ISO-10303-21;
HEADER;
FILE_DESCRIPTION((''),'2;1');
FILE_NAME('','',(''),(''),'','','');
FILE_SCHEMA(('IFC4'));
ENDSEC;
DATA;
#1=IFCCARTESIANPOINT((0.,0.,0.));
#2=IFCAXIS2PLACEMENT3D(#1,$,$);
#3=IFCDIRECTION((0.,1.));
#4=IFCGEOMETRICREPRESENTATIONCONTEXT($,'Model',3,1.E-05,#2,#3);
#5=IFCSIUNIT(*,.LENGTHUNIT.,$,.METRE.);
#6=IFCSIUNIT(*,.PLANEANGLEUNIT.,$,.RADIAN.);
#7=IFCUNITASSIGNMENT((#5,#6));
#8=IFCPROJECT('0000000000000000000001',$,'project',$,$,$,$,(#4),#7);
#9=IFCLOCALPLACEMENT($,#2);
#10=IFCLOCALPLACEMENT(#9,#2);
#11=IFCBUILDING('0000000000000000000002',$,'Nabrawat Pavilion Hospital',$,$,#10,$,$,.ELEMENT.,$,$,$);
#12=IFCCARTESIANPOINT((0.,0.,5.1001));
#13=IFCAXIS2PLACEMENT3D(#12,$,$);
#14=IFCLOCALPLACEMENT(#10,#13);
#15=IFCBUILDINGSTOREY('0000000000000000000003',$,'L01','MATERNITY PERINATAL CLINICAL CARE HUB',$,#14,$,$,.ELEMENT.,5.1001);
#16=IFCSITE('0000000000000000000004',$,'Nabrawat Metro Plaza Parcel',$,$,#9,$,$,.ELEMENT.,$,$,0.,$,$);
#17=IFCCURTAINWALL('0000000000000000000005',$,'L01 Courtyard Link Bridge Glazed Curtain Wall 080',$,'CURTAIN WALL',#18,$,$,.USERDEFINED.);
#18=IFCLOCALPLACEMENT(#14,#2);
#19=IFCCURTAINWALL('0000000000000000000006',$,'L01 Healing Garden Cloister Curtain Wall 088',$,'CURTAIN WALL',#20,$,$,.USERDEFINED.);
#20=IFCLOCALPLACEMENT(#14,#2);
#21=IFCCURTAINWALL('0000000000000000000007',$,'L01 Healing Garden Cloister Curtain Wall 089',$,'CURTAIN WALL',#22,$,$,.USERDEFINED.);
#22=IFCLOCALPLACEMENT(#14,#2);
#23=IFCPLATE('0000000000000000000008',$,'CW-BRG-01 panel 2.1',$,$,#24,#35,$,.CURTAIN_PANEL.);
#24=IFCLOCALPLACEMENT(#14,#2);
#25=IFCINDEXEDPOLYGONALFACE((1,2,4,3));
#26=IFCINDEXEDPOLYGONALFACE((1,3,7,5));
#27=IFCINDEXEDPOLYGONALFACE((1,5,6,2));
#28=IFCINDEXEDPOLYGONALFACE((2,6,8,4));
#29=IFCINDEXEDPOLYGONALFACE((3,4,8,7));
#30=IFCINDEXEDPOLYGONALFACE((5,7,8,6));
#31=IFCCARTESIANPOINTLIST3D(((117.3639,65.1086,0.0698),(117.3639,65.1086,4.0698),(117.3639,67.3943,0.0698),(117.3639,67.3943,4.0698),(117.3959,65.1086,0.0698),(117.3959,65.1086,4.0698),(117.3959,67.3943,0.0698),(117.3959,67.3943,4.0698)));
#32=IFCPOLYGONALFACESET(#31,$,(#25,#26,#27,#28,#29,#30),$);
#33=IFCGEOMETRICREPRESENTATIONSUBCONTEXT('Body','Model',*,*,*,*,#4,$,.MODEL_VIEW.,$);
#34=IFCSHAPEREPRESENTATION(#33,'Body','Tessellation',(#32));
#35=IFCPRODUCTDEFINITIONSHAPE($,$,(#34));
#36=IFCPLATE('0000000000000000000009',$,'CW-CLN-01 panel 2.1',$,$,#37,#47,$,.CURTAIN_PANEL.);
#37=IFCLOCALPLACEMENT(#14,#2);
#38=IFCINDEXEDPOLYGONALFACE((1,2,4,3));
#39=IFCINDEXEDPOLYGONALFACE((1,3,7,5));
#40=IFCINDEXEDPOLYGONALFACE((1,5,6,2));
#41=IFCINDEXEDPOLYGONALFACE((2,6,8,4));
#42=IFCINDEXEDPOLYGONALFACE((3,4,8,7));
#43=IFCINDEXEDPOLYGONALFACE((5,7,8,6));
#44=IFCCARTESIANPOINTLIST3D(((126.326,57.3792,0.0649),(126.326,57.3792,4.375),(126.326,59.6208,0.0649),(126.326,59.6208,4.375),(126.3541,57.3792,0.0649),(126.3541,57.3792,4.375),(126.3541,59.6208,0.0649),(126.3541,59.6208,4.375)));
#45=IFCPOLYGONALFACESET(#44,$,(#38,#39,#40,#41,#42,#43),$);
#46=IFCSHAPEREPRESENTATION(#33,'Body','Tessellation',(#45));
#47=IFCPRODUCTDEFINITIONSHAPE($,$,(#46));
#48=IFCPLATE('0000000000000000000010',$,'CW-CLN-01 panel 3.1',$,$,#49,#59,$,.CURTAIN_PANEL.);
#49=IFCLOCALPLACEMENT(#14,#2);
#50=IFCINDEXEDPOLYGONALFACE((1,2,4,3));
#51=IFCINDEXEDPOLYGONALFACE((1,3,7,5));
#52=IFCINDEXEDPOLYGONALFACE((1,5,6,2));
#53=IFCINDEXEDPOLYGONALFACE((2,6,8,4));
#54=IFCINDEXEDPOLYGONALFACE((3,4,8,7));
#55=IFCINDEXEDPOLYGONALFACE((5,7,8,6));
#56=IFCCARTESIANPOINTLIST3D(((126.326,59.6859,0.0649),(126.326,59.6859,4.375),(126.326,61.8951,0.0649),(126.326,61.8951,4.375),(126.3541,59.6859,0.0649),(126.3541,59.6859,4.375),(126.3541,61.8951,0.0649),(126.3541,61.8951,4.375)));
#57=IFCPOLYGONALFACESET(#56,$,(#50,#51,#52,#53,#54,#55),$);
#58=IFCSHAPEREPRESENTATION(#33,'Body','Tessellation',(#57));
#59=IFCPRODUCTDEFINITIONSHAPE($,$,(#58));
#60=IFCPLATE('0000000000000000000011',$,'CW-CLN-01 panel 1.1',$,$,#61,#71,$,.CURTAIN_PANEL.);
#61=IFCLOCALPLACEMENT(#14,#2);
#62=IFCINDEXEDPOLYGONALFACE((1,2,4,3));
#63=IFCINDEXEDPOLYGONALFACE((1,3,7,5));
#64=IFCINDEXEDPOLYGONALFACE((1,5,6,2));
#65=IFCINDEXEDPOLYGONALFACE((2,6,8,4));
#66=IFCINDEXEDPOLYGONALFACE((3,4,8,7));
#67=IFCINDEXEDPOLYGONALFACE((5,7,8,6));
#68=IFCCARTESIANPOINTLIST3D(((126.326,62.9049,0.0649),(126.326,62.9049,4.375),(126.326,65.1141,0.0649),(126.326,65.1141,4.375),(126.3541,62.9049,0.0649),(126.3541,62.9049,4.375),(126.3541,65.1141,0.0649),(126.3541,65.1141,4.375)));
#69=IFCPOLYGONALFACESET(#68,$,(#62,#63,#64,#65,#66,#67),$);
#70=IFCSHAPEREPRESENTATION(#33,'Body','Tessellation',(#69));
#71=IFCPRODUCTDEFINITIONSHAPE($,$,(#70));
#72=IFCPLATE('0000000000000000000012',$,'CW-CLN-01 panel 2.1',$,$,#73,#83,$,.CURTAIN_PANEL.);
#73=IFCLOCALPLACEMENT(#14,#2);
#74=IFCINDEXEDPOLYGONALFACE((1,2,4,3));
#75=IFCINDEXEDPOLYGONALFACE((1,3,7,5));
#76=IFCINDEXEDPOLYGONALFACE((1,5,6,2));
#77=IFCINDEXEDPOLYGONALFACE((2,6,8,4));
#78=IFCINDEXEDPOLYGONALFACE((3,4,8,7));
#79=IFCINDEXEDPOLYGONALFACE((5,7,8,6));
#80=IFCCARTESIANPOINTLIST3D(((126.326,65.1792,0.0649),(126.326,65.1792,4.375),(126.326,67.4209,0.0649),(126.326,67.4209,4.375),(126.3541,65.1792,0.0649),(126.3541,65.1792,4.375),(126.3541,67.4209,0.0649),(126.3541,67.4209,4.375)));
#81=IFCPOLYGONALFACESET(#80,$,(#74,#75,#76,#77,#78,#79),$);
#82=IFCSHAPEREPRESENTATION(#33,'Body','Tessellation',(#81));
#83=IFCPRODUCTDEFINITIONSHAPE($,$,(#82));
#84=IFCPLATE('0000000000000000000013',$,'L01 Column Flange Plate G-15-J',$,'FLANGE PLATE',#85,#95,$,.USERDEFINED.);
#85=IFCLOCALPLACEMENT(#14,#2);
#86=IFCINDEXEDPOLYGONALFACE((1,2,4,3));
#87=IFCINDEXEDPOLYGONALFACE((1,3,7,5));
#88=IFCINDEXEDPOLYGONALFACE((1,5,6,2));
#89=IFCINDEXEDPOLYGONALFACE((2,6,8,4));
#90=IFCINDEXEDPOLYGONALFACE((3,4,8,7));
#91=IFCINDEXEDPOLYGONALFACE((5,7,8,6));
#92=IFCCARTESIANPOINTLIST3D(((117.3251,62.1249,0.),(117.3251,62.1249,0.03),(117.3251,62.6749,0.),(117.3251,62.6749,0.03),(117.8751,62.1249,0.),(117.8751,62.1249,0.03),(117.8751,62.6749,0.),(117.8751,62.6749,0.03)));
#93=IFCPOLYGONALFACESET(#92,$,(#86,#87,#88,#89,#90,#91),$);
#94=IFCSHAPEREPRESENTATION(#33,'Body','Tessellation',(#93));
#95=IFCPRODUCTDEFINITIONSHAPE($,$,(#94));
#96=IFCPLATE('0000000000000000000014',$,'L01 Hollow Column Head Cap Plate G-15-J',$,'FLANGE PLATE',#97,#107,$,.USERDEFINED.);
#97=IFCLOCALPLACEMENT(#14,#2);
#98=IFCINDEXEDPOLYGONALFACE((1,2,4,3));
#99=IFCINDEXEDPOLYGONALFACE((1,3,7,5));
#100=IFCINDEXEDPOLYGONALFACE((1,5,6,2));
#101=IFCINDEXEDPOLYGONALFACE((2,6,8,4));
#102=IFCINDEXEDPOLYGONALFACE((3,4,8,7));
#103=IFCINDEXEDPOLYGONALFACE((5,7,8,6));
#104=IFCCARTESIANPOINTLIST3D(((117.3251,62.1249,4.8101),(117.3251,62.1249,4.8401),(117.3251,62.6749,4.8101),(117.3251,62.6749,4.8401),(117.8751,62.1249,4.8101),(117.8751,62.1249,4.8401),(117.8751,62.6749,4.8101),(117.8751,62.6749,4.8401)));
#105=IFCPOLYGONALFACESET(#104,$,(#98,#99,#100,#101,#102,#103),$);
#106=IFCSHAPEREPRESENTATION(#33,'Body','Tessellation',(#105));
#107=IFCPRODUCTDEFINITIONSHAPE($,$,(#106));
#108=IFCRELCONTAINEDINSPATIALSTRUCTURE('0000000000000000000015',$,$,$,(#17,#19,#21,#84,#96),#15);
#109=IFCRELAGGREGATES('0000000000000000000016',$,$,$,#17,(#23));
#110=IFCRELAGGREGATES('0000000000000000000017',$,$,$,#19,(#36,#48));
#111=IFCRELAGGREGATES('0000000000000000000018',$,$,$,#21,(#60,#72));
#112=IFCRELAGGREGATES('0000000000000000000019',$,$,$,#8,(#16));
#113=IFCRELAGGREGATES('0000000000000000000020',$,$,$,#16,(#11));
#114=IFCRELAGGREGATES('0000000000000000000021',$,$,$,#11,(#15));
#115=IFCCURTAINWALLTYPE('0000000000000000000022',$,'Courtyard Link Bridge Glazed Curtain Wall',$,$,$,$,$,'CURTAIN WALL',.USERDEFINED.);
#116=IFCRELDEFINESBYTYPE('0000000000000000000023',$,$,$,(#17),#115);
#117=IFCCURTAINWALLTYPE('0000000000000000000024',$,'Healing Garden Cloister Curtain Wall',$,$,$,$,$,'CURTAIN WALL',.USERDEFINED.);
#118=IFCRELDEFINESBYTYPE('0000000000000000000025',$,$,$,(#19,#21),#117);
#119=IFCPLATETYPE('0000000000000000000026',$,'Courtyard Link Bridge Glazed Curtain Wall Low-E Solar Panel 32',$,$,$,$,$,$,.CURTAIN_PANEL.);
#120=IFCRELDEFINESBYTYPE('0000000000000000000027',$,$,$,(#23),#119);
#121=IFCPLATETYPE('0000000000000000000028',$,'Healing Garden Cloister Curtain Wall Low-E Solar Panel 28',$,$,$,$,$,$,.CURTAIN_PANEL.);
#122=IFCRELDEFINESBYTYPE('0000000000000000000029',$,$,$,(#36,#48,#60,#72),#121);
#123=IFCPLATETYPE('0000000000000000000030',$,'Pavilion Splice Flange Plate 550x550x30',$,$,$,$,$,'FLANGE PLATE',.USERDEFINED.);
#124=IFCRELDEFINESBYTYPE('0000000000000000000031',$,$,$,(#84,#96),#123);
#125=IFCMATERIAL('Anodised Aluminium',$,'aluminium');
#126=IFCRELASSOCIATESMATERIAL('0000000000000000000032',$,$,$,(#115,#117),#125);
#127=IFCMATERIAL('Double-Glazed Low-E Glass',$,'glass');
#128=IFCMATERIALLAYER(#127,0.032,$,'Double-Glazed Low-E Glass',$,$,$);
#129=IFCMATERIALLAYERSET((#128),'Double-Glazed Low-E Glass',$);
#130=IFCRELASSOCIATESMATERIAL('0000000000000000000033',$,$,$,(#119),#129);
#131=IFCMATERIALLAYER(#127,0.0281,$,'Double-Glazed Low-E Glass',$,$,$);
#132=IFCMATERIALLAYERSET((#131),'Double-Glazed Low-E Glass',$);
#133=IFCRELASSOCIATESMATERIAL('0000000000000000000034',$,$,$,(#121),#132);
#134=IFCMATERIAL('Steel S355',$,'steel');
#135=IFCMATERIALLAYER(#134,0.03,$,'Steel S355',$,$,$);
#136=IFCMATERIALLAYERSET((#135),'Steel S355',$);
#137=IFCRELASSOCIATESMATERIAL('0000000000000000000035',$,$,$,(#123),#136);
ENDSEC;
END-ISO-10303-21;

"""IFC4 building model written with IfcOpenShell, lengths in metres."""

from ifc_helpers import new_model, si_unit, direction, frame, origin, origin_2d, place, context, subcontext, project, spatial, rectangle, extrude, material, layer, layer_set, type_object, element, aggregate, save


model = new_model("IFC4")

# Units and contexts
model_context = context("Model", 3, precision=1e-05, world=origin(), true_north=direction((0.0, 1.0)))
body_context = subcontext(model_context, "Body", "Model", "MODEL_VIEW")
ifc_project = project(units=[si_unit("LENGTHUNIT", "METRE"), si_unit("PLANEANGLEUNIT", "RADIAN")], contexts=[model_context])

# Site, building, storey
site_placement = place(None, origin())
site = spatial("IfcSite", under=ifc_project, at=site_placement, Name="Nabrawat Metro Plaza Parcel", CompositionType="ELEMENT", RefElevation=0.0)
building_placement = place(site_placement, origin())
building = spatial("IfcBuilding", under=site, at=building_placement, Name="Nabrawat Pavilion Hospital", CompositionType="ELEMENT")
storey_placement = place(building_placement, frame((0.0, 0.0, 5.1001)))
storey = spatial("IfcBuildingStorey", under=building, at=storey_placement, Name="L01", Description="MATERNITY PERINATAL CLINICAL CARE HUB", CompositionType="ELEMENT", Elevation=5.1001)

# Shared definitions
ifc_material_1 = material(Name="Steel S355", Category="steel")

# Curtain walls
ifc_material_2 = material(Name="Anodised Aluminium", Category="aluminium")
curtain_wall_type_1 = type_object("IfcCurtainWallType", Name="Courtyard Link Bridge Glazed Curtain Wall", ElementType="CURTAIN WALL", PredefinedType="USERDEFINED", material=ifc_material_2)
curtain_wall_1_placement = place(storey_placement, origin())
curtain_wall_1 = element("IfcCurtainWall", 1, at=curtain_wall_1_placement, inside=storey, type_object=curtain_wall_type_1, Name="L01 Courtyard Link Bridge Glazed Curtain Wall 080", ObjectType="CURTAIN WALL", PredefinedType="USERDEFINED")
curtain_wall_type_2 = type_object("IfcCurtainWallType", Name="Healing Garden Cloister Curtain Wall", ElementType="CURTAIN WALL", PredefinedType="USERDEFINED", material=ifc_material_2)
curtain_wall_2_placement = place(storey_placement, origin())
curtain_wall_2 = element("IfcCurtainWall", 2, at=curtain_wall_2_placement, inside=storey, type_object=curtain_wall_type_2, Name="L01 Healing Garden Cloister Curtain Wall 088", ObjectType="CURTAIN WALL", PredefinedType="USERDEFINED")
curtain_wall_3_placement = place(storey_placement, origin())
curtain_wall_3 = element("IfcCurtainWall", 3, at=curtain_wall_3_placement, inside=storey, type_object=curtain_wall_type_2, Name="L01 Healing Garden Cloister Curtain Wall 089", ObjectType="CURTAIN WALL", PredefinedType="USERDEFINED")

# Plates
ifc_material_3 = material(Name="Double-Glazed Low-E Glass", Category="glass")
ifc_layer_1 = layer(ifc_material_3, 0.032, Name="Double-Glazed Low-E Glass")
ifc_layer_set_1 = layer_set([ifc_layer_1], Name="Double-Glazed Low-E Glass")
plate_type_1 = type_object("IfcPlateType", Name="Courtyard Link Bridge Glazed Curtain Wall Low-E Solar Panel 32", PredefinedType="CURTAIN_PANEL", material=ifc_layer_set_1)
plate_1_placement = place(storey_placement, frame((117.3799, 66.2515, 0.0698), z_axis=(0.0, 0.0, 1.0), x_axis=(0.0, 1.0, 0.0)))
plate_1 = element("IfcPlate", 4, at=plate_1_placement, type_object=plate_type_1, Name="CW-BRG-01 panel 2.1", PredefinedType="CURTAIN_PANEL", context=body_context, shape_type="SweptSolid", body=[
    extrude(rectangle(XDim=2.2856, YDim=0.032, at=origin_2d()), origin(), (0.0, 0.0, 1.0), 4.0),
])
aggregate(curtain_wall_1, [plate_1])
ifc_layer_2 = layer(ifc_material_3, 0.0281, Name="Double-Glazed Low-E Glass")
ifc_layer_set_2 = layer_set([ifc_layer_2], Name="Double-Glazed Low-E Glass")
plate_type_2 = type_object("IfcPlateType", Name="Healing Garden Cloister Curtain Wall Low-E Solar Panel 28", PredefinedType="CURTAIN_PANEL", material=ifc_layer_set_2)
plate_2_placement = place(storey_placement, frame((126.3401, 58.5, 0.0649), z_axis=(0.0, 0.0, 1.0), x_axis=(0.0, 1.0, 0.0)))
plate_2 = element("IfcPlate", 5, at=plate_2_placement, type_object=plate_type_2, Name="CW-CLN-01 panel 2.1", PredefinedType="CURTAIN_PANEL", context=body_context, shape_type="SweptSolid", body=[
    extrude(rectangle(XDim=2.2417, YDim=0.0281, at=origin_2d()), origin(), (0.0, 0.0, 1.0), 4.3101),
])
plate_3_placement = place(storey_placement, frame((126.3401, 60.7905, 0.0649), z_axis=(0.0, 0.0, 1.0), x_axis=(0.0, 1.0, 0.0)))
plate_3 = element("IfcPlate", 6, at=plate_3_placement, type_object=plate_type_2, Name="CW-CLN-01 panel 3.1", PredefinedType="CURTAIN_PANEL", context=body_context, shape_type="SweptSolid", body=[
    extrude(rectangle(XDim=2.2092, YDim=0.0281, at=origin_2d()), origin(), (0.0, 0.0, 1.0), 4.3101),
])
aggregate(curtain_wall_2, [plate_2, plate_3])
plate_4_placement = place(storey_placement, frame((126.3401, 64.0095, 0.0649), z_axis=(0.0, 0.0, 1.0), x_axis=(0.0, 1.0, 0.0)))
plate_4 = element("IfcPlate", 7, at=plate_4_placement, type_object=plate_type_2, Name="CW-CLN-01 panel 1.1", PredefinedType="CURTAIN_PANEL", context=body_context, shape_type="SweptSolid", body=[
    extrude(rectangle(XDim=2.2092, YDim=0.0281, at=origin_2d()), origin(), (0.0, 0.0, 1.0), 4.3101),
])
plate_5_placement = place(storey_placement, frame((126.3401, 66.3, 0.0649), z_axis=(0.0, 0.0, 1.0), x_axis=(0.0, 1.0, 0.0)))
plate_5 = element("IfcPlate", 8, at=plate_5_placement, type_object=plate_type_2, Name="CW-CLN-01 panel 2.1", PredefinedType="CURTAIN_PANEL", context=body_context, shape_type="SweptSolid", body=[
    extrude(rectangle(XDim=2.2417, YDim=0.0281, at=origin_2d()), origin(), (0.0, 0.0, 1.0), 4.3101),
])
aggregate(curtain_wall_3, [plate_4, plate_5])

# Plates
ifc_layer_3 = layer(ifc_material_1, 0.03, Name="Steel S355")
ifc_layer_set_3 = layer_set([ifc_layer_3], Name="Steel S355")
plate_type_3 = type_object("IfcPlateType", Name="Pavilion Splice Flange Plate 550x550x30", ElementType="FLANGE PLATE", PredefinedType="USERDEFINED", material=ifc_layer_set_3)
for number, where, z_axis, x_axis, name in (
    (9, (117.6001, 62.3999, 0.0), (0.0, 0.0, 1.0), (1.0, 0.0, 0.0), "L01 Column Flange Plate G-15-J"),
    (10, (117.6001, 62.3999, 4.8101), (0.0, 0.0, 1.0), (1.0, 0.0, 0.0), "L01 Hollow Column Head Cap Plate G-15-J"),
):
    element("IfcPlate", number, at=place(storey_placement, frame(where, z_axis=z_axis, x_axis=x_axis)), inside=storey, type_object=plate_type_3, Name=name, ObjectType="FLANGE PLATE", PredefinedType="USERDEFINED", context=body_context, shape_type="SweptSolid", body=[
        extrude(rectangle(XDim=0.55, YDim=0.55, at=origin_2d()), origin(), (0.0, 0.0, 1.0), 0.03),
    ])

save(model, "model.ifc")
